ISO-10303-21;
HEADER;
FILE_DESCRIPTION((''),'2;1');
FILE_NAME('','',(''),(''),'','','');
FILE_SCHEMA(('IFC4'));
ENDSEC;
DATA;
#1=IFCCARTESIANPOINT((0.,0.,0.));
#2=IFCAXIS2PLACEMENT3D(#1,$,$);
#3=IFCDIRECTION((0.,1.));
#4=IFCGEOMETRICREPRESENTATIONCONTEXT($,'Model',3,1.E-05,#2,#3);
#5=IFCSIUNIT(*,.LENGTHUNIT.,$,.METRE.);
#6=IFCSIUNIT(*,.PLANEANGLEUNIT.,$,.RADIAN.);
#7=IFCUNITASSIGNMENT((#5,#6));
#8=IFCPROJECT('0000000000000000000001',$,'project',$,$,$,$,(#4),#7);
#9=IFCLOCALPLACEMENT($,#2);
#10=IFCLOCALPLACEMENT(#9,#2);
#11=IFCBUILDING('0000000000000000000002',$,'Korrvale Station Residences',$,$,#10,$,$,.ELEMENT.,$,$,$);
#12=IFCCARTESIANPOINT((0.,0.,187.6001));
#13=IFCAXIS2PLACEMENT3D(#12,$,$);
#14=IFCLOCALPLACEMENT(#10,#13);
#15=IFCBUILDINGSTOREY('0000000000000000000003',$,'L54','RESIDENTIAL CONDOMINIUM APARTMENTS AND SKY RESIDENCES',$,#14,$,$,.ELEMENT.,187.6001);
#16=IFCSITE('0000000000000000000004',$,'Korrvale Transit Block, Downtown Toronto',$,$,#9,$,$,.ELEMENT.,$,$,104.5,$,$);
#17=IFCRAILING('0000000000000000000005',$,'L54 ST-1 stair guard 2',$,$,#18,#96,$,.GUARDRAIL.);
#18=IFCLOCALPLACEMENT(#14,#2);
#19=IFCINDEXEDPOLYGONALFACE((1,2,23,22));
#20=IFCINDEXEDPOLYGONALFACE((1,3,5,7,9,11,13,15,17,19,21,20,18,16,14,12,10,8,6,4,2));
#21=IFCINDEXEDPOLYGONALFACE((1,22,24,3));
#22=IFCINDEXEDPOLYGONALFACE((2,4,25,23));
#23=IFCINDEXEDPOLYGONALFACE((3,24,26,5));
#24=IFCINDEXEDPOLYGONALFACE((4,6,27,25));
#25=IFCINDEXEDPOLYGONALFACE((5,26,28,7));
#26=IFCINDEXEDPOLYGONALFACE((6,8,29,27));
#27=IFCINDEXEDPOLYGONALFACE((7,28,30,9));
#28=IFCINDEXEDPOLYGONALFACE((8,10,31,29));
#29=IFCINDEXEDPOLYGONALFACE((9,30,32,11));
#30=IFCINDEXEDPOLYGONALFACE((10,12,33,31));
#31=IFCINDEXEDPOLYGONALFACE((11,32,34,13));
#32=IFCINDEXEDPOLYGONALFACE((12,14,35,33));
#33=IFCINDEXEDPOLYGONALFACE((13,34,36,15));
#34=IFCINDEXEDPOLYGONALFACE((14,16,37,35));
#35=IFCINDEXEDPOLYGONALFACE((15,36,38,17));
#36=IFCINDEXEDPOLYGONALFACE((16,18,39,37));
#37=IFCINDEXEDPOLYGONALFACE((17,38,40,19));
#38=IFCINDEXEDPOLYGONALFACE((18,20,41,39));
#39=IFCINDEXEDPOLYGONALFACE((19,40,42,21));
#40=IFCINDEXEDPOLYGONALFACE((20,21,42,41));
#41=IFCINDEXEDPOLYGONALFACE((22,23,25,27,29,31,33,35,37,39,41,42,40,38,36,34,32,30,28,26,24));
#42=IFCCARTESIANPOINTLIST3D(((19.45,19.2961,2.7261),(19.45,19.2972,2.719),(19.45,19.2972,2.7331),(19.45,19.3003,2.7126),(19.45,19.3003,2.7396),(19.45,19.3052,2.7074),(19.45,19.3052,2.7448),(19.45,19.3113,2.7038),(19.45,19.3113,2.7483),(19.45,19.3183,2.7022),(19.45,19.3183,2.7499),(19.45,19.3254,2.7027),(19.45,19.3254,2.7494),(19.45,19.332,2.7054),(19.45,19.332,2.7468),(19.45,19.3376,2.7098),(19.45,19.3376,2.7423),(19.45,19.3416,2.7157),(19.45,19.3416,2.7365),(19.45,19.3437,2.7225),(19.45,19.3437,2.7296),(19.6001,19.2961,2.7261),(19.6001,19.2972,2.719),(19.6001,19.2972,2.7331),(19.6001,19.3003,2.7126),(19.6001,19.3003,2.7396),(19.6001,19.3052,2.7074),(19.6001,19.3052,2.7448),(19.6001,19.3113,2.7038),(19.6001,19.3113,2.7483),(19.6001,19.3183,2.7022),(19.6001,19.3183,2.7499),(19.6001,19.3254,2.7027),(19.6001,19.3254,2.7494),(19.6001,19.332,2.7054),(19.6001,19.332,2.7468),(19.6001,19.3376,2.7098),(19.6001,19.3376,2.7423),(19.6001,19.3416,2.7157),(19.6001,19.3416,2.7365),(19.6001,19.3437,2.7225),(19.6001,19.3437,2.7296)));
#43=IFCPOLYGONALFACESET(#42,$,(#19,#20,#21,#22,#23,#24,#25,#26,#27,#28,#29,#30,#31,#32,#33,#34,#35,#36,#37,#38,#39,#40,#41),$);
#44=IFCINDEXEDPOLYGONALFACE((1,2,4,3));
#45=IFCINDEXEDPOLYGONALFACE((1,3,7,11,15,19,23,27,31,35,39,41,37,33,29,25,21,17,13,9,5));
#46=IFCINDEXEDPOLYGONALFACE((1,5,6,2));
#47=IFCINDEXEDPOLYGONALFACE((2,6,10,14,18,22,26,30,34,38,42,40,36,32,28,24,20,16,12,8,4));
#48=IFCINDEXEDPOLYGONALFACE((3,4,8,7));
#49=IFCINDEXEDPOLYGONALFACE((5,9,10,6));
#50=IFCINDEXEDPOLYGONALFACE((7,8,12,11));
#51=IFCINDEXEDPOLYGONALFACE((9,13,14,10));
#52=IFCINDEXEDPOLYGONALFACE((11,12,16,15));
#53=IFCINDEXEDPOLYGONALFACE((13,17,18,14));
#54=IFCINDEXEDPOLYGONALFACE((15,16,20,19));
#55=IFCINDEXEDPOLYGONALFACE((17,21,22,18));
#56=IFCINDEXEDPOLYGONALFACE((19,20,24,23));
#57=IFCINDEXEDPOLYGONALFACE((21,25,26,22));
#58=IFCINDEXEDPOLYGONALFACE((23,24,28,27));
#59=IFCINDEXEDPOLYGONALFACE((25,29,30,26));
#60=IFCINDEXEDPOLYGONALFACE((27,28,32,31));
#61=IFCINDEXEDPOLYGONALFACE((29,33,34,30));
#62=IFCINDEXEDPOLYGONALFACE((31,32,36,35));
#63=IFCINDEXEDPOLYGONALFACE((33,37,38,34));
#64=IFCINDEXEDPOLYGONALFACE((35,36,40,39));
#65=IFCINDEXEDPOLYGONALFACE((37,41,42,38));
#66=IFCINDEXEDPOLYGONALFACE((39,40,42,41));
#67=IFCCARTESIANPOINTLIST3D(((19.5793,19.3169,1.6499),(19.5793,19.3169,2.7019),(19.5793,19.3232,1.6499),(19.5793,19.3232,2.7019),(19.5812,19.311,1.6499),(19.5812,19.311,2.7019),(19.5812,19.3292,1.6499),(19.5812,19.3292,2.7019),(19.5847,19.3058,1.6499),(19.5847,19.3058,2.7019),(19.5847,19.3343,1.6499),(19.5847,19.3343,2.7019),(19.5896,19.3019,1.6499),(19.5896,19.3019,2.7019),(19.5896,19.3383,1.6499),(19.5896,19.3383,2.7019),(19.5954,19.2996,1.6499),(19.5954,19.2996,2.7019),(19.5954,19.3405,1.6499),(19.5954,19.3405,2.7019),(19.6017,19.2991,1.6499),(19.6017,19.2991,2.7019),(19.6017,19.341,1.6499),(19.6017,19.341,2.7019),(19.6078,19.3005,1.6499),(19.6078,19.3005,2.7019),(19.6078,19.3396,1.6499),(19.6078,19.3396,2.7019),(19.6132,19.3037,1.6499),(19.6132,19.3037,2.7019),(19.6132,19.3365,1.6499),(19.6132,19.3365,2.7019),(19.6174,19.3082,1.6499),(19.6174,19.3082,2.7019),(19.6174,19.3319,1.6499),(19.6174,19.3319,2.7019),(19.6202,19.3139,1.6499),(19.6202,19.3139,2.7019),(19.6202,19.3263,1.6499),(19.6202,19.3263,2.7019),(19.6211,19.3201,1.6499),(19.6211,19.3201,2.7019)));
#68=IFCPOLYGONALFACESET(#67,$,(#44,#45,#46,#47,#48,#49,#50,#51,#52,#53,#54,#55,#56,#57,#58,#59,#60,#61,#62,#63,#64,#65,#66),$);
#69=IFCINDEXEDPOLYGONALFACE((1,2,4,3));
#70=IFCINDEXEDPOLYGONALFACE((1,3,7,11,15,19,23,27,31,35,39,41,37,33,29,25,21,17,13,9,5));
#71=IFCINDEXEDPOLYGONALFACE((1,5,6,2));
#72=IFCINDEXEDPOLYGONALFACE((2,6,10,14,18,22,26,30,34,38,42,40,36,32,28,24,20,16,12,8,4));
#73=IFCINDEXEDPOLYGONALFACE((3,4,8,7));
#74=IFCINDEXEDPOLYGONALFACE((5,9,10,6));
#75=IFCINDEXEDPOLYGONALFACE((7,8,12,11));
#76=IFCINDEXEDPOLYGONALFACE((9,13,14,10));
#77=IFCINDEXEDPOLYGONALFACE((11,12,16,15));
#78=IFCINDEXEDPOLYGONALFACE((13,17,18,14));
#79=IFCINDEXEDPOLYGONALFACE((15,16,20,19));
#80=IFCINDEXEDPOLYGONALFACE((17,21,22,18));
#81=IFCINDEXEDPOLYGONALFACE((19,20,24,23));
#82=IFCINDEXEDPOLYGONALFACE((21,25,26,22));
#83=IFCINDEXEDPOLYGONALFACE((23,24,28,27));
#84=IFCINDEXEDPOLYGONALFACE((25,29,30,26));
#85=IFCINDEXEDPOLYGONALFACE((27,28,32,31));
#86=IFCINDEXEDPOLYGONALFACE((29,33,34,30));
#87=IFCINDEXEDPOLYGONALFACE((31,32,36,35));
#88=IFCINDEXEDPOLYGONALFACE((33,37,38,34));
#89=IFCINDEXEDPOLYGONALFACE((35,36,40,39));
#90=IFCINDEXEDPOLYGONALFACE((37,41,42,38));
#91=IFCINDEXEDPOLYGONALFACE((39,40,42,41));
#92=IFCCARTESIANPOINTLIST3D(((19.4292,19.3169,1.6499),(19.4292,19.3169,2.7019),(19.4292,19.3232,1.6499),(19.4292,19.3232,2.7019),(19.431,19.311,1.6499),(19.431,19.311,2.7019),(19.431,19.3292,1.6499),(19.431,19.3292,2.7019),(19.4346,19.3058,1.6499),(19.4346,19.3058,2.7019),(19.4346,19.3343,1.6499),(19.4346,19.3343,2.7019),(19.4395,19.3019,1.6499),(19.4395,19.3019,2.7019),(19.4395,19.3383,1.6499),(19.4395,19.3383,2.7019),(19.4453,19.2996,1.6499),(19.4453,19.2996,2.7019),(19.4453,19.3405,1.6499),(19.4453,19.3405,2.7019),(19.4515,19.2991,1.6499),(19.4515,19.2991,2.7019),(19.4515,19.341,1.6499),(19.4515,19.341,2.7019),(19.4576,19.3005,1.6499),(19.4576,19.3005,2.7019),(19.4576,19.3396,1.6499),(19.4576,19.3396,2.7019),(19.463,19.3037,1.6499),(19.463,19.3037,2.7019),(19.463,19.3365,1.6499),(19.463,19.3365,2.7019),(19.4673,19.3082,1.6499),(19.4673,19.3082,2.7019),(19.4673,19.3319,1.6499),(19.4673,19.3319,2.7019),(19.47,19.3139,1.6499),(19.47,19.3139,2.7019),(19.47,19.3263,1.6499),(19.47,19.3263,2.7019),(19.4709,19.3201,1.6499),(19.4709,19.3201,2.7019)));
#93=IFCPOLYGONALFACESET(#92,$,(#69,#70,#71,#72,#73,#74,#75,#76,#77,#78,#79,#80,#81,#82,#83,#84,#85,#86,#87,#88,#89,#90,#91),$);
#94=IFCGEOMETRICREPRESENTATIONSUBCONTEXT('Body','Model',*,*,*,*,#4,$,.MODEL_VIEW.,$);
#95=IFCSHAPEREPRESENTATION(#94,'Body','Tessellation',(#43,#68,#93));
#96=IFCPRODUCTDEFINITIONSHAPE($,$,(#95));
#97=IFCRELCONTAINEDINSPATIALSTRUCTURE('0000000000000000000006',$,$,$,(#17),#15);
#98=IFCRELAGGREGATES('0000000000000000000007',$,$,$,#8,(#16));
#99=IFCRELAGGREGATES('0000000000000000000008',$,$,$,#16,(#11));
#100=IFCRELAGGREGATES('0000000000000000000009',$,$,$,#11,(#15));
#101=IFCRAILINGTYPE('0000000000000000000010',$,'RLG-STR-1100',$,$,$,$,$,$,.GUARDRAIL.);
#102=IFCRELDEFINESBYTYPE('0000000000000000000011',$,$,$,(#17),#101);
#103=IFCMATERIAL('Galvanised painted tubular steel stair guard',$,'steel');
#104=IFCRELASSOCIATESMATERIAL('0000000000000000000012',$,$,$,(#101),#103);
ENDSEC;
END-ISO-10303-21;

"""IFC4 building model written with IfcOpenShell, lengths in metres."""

from ifc_helpers import new_model, si_unit, direction, frame, origin, origin_2d, place, context, subcontext, project, spatial, circle, extrude, material, type_object, element, save


model = new_model("IFC4")

# Units and contexts
model_context = context("Model", 3, precision=1e-05, world=origin(), true_north=direction((0.0, 1.0)))
body_context = subcontext(model_context, "Body", "Model", "MODEL_VIEW")
ifc_project = project(units=[si_unit("LENGTHUNIT", "METRE"), si_unit("PLANEANGLEUNIT", "RADIAN")], contexts=[model_context])

# Site, building, storey
site_placement = place(None, origin())
site = spatial("IfcSite", under=ifc_project, at=site_placement, Name="Korrvale Transit Block, Downtown Toronto", CompositionType="ELEMENT", RefElevation=104.5)
building_placement = place(site_placement, origin())
building = spatial("IfcBuilding", under=site, at=building_placement, Name="Korrvale Station Residences", CompositionType="ELEMENT")
storey_placement = place(building_placement, frame((0.0, 0.0, 187.6001)))
storey = spatial("IfcBuildingStorey", under=building, at=storey_placement, Name="L54", Description="RESIDENTIAL CONDOMINIUM APARTMENTS AND SKY RESIDENCES", CompositionType="ELEMENT", Elevation=187.6001)

# Railing
ifc_material_1 = material(Name="Galvanised painted tubular steel stair guard", Category="steel")
railing_type_1 = type_object("IfcRailingType", Name="RLG-STR-1100", PredefinedType="GUARDRAIL", material=ifc_material_1)
railing_1_placement = place(storey_placement, frame((19.6001, 19.3201, 1.6499)))
element("IfcRailing", 1, at=railing_1_placement, inside=storey, type_object=railing_type_1, Name="L54 ST-1 stair guard 2", PredefinedType="GUARDRAIL", context=body_context, shape_type="SweptSolid", body=[
    extrude(circle(Radius=0.0239, at=origin_2d()), frame((0.0, 0.0, 1.0762), z_axis=(-1.0, 0.0, 0.0), x_axis=(0.0, -1.0, 0.0)), (0.0, 0.0, 1.0), 0.1501),
    extrude(circle(Radius=0.021, at=origin_2d()), origin(), (0.0, 0.0, 1.0), 1.052),
    extrude(circle(Radius=0.021, at=origin_2d()), frame((-0.1501, 0.0, 0.0)), (0.0, 0.0, 1.0), 1.052),
])

save(model, "model.ifc")
